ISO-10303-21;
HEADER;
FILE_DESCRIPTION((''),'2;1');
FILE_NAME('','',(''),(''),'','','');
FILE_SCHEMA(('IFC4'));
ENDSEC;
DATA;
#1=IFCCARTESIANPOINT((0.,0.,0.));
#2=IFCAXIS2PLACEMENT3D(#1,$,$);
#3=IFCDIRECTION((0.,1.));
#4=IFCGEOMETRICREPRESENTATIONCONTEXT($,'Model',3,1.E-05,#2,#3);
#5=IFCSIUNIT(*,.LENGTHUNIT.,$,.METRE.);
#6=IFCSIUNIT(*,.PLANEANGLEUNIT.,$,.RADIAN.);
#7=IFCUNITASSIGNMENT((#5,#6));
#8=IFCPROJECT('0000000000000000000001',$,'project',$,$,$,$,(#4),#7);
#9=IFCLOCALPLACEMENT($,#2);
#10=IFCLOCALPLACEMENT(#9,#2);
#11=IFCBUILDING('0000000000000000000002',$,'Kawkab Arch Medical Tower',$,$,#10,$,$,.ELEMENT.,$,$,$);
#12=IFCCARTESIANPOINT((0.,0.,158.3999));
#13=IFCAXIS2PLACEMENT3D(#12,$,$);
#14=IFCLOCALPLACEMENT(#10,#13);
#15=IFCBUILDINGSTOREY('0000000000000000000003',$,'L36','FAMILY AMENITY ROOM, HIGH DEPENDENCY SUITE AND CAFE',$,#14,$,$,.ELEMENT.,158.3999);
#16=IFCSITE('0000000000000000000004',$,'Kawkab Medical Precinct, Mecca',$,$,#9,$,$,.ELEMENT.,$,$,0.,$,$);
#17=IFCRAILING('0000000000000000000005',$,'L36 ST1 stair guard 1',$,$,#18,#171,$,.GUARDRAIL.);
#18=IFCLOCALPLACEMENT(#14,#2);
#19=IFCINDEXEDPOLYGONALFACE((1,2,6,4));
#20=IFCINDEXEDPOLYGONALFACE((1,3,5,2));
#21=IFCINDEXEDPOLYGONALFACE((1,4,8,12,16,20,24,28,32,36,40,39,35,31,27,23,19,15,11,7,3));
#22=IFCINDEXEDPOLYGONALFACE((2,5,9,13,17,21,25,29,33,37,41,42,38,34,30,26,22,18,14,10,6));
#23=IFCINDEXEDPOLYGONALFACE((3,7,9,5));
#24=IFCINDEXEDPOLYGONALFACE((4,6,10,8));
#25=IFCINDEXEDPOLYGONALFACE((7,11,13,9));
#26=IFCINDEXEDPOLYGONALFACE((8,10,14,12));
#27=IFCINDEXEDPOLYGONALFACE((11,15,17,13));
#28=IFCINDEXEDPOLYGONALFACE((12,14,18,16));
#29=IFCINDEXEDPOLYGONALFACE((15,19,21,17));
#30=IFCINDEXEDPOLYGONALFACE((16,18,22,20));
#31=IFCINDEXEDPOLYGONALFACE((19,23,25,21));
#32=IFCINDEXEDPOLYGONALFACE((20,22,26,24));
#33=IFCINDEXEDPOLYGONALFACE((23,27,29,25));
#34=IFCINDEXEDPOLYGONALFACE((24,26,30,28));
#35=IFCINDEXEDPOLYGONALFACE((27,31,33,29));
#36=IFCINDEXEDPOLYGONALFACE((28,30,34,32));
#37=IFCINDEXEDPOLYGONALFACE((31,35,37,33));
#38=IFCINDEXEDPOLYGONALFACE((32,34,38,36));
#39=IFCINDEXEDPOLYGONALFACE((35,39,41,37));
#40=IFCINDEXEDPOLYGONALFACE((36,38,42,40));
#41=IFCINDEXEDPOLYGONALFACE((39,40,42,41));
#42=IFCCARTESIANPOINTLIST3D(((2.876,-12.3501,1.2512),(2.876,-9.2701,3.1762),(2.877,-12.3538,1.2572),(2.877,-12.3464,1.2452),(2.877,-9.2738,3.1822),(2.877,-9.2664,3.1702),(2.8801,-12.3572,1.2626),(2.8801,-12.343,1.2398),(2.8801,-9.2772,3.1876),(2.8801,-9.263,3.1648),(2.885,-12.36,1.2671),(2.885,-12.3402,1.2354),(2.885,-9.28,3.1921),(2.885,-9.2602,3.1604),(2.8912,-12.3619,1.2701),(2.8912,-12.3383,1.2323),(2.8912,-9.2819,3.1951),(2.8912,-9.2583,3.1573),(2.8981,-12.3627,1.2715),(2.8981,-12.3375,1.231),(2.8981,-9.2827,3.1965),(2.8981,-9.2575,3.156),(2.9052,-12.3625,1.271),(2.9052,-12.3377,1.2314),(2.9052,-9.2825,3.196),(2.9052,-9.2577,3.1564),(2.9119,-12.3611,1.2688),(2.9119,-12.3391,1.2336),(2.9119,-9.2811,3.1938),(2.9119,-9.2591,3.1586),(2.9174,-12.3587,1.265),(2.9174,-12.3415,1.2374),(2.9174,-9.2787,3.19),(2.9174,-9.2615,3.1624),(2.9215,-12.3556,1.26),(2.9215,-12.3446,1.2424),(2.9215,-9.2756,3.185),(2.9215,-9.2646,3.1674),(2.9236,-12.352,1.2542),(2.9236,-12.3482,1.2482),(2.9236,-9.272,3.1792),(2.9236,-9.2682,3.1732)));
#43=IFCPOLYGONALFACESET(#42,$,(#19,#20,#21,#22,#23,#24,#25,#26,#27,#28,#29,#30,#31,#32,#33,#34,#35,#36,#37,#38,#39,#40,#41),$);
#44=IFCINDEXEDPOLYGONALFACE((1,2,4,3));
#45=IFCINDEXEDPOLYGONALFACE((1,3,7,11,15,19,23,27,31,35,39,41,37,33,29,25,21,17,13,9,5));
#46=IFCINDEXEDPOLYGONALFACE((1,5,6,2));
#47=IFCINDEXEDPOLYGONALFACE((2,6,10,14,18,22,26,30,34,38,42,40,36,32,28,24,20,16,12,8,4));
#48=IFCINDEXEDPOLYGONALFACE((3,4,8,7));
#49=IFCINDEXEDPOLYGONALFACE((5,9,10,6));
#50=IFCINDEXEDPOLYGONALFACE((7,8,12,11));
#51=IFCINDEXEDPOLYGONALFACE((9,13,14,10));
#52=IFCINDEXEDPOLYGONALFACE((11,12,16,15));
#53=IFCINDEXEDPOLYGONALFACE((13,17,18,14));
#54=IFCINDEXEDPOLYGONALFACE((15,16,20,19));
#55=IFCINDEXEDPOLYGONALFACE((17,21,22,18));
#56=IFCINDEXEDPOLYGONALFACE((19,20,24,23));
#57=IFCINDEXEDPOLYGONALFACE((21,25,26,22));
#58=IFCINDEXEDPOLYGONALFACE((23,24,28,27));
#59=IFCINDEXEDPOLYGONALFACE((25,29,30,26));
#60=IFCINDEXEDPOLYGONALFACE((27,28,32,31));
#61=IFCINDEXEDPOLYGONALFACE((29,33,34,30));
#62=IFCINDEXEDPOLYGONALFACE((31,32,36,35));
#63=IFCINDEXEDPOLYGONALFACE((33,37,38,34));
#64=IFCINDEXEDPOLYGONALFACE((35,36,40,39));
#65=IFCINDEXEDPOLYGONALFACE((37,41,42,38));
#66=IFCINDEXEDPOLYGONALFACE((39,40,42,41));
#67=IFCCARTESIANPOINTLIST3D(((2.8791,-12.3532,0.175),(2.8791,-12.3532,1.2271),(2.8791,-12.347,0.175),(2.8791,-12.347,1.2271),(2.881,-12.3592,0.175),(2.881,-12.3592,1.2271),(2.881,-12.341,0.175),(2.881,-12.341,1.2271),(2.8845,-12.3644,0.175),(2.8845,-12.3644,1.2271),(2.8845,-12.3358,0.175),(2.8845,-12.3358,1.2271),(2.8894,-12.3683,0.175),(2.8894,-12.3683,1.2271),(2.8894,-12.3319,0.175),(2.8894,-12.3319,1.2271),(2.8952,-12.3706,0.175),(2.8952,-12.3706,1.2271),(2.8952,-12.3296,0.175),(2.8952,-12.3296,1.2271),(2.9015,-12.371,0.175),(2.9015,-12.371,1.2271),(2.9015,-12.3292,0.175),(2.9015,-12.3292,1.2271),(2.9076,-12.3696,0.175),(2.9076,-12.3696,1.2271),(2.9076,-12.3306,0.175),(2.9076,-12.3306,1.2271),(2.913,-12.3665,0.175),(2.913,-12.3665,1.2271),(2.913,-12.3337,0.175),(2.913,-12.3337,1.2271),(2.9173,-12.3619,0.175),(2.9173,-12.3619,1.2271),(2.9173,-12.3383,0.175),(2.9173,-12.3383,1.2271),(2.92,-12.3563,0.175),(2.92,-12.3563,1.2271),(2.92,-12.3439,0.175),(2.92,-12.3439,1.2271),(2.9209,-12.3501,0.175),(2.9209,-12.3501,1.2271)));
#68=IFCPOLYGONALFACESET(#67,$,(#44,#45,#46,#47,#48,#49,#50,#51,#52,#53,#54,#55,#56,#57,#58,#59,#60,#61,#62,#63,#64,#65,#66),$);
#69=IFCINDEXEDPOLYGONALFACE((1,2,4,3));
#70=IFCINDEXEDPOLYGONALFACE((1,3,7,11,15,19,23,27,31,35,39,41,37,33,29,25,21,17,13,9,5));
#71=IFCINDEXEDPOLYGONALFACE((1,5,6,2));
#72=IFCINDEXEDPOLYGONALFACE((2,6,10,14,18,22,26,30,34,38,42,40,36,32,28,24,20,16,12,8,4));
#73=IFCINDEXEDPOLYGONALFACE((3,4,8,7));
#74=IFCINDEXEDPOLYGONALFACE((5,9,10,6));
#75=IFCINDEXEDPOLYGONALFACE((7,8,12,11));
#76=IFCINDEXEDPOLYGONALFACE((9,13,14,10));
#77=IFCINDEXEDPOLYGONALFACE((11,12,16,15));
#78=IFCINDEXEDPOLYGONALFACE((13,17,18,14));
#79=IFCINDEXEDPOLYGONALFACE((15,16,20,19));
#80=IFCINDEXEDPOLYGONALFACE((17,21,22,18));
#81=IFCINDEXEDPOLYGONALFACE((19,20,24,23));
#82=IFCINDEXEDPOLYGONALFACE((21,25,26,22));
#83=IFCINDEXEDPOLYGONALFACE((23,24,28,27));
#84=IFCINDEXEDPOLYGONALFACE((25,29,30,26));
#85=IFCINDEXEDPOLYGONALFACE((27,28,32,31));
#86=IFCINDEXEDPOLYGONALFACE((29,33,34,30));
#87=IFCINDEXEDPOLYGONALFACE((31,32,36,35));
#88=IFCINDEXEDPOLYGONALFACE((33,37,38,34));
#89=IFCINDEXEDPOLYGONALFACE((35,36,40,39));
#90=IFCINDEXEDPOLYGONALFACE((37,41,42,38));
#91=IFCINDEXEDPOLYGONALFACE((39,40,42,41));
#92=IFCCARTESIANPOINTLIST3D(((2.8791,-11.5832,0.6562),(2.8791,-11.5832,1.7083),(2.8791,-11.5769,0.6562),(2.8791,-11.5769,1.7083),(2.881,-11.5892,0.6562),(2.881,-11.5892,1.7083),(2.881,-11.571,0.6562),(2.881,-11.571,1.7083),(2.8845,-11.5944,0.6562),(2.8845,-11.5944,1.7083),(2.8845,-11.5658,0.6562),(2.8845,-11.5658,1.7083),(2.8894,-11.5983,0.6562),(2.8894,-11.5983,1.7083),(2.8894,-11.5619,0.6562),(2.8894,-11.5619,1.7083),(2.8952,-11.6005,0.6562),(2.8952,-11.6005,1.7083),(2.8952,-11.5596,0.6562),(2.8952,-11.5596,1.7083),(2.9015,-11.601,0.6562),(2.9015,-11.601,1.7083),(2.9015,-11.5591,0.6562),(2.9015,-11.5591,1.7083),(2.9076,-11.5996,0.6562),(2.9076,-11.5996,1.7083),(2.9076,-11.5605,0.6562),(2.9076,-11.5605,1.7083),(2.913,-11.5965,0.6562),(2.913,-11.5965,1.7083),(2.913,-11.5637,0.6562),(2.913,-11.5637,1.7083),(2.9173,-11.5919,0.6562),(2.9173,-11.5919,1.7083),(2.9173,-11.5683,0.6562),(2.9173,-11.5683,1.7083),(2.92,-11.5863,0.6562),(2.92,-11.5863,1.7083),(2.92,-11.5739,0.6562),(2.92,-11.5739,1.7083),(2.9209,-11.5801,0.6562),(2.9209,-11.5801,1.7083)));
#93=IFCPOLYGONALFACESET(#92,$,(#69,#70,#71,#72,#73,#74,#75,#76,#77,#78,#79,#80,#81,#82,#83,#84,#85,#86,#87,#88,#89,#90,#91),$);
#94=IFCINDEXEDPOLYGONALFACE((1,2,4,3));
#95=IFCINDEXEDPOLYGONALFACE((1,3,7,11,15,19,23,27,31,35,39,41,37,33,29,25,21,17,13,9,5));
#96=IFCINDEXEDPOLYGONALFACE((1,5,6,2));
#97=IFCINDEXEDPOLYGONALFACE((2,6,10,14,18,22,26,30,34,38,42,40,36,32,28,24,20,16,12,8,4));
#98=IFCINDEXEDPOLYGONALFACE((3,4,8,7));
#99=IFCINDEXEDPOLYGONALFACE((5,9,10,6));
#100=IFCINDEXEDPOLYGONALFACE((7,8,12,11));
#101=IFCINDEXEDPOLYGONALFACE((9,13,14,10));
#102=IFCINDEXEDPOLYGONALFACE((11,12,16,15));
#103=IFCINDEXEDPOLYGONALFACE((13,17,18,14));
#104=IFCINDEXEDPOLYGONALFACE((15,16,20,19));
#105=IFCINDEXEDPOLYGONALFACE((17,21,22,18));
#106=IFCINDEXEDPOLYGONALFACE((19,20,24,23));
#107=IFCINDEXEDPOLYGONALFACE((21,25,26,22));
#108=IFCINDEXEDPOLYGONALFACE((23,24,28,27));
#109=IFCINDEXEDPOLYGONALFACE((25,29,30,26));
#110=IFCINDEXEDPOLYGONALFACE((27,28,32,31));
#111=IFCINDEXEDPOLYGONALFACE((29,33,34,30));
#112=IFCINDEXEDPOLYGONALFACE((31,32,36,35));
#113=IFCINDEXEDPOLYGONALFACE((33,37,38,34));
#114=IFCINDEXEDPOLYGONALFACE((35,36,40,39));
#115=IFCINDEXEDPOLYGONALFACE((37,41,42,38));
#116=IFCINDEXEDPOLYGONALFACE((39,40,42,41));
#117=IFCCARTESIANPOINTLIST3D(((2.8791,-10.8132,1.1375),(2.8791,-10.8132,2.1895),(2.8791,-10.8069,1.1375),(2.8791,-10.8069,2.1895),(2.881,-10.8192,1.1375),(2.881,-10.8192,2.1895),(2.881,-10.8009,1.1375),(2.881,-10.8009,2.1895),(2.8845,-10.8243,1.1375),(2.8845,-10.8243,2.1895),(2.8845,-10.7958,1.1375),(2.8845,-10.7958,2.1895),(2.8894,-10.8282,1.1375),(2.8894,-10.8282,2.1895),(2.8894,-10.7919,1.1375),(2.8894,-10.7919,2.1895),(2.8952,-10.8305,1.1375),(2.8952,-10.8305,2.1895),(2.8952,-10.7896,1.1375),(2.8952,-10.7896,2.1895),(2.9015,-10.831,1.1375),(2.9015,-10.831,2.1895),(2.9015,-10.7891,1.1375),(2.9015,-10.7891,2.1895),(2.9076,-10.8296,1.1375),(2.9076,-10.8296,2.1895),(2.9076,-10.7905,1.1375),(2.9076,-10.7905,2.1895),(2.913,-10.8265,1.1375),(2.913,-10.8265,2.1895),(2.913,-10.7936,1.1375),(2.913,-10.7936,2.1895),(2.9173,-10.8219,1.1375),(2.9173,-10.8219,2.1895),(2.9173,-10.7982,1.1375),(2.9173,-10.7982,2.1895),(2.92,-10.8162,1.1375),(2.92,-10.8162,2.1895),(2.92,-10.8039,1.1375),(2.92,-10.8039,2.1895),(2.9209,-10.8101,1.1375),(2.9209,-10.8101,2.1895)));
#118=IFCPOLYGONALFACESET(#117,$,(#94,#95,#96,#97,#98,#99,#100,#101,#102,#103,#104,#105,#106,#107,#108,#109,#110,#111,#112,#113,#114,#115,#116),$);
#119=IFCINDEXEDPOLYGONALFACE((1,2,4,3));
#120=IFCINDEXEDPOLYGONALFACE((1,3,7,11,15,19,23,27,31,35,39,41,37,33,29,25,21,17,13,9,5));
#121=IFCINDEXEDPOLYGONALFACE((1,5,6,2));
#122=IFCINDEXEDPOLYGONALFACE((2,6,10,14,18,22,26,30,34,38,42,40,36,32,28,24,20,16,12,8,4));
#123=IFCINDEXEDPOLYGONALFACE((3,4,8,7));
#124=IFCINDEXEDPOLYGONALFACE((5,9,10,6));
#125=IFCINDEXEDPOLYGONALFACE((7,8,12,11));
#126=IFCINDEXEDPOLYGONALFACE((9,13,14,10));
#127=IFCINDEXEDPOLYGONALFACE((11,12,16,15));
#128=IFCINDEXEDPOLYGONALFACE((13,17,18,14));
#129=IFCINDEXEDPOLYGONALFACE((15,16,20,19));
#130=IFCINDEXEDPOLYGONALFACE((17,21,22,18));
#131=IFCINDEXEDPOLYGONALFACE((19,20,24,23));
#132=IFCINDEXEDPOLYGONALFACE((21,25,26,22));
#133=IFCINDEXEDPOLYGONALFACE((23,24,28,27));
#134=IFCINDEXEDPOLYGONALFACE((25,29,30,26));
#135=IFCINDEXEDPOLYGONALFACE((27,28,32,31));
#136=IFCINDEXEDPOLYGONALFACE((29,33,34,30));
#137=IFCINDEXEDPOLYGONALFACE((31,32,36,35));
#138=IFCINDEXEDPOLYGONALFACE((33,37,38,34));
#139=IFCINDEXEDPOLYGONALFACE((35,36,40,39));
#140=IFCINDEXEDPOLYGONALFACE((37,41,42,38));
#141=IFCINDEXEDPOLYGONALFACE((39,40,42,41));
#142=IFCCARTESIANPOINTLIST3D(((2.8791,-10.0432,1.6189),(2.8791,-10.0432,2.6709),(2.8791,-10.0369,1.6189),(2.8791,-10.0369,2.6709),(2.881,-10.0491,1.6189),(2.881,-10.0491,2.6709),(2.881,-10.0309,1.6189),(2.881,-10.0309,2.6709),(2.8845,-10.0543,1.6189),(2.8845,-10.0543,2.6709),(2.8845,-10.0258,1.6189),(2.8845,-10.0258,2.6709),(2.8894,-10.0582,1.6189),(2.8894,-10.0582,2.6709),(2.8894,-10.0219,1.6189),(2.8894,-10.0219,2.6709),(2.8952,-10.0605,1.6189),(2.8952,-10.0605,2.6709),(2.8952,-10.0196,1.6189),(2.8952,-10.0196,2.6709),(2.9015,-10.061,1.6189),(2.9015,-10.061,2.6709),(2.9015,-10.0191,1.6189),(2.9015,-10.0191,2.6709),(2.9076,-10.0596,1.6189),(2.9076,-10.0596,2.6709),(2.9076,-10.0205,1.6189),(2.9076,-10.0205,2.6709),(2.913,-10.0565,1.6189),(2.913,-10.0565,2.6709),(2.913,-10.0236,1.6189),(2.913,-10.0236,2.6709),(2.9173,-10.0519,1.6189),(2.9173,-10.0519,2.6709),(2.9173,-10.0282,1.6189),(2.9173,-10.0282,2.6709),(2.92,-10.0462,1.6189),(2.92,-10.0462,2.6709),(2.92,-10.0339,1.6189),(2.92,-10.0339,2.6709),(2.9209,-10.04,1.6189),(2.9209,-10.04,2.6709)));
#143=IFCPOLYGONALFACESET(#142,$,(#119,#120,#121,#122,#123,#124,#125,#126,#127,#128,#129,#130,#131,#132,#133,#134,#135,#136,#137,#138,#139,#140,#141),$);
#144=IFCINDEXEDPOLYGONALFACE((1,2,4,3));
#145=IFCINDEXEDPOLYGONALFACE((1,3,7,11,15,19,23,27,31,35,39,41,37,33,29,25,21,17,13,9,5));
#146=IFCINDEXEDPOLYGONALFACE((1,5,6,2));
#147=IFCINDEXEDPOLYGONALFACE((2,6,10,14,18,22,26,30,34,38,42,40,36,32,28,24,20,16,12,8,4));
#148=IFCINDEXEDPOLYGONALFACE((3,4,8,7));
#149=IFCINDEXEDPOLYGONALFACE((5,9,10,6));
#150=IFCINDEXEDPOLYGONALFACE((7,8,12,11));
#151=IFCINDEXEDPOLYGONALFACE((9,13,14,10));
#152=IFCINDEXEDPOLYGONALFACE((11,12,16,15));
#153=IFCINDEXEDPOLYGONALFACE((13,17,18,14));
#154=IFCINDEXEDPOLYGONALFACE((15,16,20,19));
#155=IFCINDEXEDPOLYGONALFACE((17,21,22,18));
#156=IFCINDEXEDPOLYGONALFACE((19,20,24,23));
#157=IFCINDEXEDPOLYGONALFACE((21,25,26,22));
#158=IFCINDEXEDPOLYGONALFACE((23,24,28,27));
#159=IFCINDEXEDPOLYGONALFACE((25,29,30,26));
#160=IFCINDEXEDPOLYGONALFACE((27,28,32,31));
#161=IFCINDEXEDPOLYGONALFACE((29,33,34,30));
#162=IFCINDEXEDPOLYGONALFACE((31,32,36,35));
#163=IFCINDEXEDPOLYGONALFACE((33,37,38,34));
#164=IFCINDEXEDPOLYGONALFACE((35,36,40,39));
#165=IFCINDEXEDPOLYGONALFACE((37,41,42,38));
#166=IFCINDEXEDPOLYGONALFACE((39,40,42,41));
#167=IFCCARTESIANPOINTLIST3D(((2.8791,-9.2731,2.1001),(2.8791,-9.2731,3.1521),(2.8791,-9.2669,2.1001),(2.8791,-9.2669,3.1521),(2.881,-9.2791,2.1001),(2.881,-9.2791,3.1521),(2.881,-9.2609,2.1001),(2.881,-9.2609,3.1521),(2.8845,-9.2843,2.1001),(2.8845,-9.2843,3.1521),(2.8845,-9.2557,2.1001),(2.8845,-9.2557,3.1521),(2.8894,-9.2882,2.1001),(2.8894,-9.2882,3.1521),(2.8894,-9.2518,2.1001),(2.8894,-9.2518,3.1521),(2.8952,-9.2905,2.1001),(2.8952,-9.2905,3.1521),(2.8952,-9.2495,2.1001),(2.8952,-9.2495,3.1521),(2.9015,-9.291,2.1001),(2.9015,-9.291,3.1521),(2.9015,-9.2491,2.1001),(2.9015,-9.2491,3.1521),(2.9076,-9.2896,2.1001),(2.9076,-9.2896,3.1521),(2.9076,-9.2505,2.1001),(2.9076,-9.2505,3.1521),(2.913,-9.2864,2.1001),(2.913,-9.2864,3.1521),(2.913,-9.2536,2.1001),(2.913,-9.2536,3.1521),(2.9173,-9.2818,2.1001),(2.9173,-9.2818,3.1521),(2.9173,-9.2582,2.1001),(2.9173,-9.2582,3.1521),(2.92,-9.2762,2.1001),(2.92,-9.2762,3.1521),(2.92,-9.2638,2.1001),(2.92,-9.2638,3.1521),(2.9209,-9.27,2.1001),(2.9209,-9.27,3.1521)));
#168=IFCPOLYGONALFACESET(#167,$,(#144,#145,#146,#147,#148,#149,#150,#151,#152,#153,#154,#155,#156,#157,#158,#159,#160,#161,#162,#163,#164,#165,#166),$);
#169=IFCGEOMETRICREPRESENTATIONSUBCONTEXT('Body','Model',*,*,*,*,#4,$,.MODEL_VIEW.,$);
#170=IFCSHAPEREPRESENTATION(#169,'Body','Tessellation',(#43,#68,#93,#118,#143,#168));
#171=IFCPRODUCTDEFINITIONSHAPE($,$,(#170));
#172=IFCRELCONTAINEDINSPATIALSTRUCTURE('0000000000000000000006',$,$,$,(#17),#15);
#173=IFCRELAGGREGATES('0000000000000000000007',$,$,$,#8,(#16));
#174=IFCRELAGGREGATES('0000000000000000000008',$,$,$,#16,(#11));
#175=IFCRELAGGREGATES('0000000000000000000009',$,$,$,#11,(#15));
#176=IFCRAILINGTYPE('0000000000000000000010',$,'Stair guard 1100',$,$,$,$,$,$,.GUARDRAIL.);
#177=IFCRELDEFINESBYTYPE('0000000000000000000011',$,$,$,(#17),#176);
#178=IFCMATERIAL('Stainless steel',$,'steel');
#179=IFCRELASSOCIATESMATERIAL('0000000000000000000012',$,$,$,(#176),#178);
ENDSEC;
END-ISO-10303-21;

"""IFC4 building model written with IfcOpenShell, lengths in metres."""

from ifc_helpers import new_model, si_unit, direction, frame, origin, origin_2d, place, context, subcontext, project, spatial, circle, extrude, material, type_object, element, save


model = new_model("IFC4")

# Units and contexts
model_context = context("Model", 3, precision=1e-05, world=origin(), true_north=direction((0.0, 1.0)))
body_context = subcontext(model_context, "Body", "Model", "MODEL_VIEW")
ifc_project = project(units=[si_unit("LENGTHUNIT", "METRE"), si_unit("PLANEANGLEUNIT", "RADIAN")], contexts=[model_context])

# Site, building, storey
site_placement = place(None, origin())
site = spatial("IfcSite", under=ifc_project, at=site_placement, Name="Kawkab Medical Precinct, Mecca", CompositionType="ELEMENT", RefElevation=0.0)
building_placement = place(site_placement, origin())
building = spatial("IfcBuilding", under=site, at=building_placement, Name="Kawkab Arch Medical Tower", CompositionType="ELEMENT")
storey_placement = place(building_placement, frame((0.0, 0.0, 158.3999)))
storey = spatial("IfcBuildingStorey", under=building, at=storey_placement, Name="L36", Description="FAMILY AMENITY ROOM, HIGH DEPENDENCY SUITE AND CAFE", CompositionType="ELEMENT", Elevation=158.3999)

# Railing
ifc_material_1 = material(Name="Stainless steel", Category="steel")
railing_type_1 = type_object("IfcRailingType", Name="Stair guard 1100", PredefinedType="GUARDRAIL", material=ifc_material_1)
railing_1_placement = place(storey_placement, frame((2.8999, -12.3501, 0.175)))
element("IfcRailing", 1, at=railing_1_placement, inside=storey, type_object=railing_type_1, Name="L36 ST1 stair guard 1", PredefinedType="GUARDRAIL", context=body_context, shape_type="SweptSolid", body=[
    extrude(circle(Radius=0.0239, at=origin_2d()), frame((0.0, 0.0, 1.0762), z_axis=(0.0, 0.847998, 0.529999), x_axis=(-1.0, 0.0, 0.0)), (0.0, 0.0, 1.0), 3.6321),
    extrude(circle(Radius=0.021, at=origin_2d()), origin(), (0.0, 0.0, 1.0), 1.052),
    extrude(circle(Radius=0.021, at=origin_2d()), frame((0.0, 0.77, 0.4812)), (0.0, 0.0, 1.0), 1.052),
    extrude(circle(Radius=0.021, at=origin_2d()), frame((0.0, 1.54, 0.9624)), (0.0, 0.0, 1.0), 1.052),
    extrude(circle(Radius=0.021, at=origin_2d()), frame((0.0, 2.3101, 1.4438)), (0.0, 0.0, 1.0), 1.052),
    extrude(circle(Radius=0.021, at=origin_2d()), frame((0.0, 3.0801, 1.925)), (0.0, 0.0, 1.0), 1.052),
])

save(model, "model.ifc")
